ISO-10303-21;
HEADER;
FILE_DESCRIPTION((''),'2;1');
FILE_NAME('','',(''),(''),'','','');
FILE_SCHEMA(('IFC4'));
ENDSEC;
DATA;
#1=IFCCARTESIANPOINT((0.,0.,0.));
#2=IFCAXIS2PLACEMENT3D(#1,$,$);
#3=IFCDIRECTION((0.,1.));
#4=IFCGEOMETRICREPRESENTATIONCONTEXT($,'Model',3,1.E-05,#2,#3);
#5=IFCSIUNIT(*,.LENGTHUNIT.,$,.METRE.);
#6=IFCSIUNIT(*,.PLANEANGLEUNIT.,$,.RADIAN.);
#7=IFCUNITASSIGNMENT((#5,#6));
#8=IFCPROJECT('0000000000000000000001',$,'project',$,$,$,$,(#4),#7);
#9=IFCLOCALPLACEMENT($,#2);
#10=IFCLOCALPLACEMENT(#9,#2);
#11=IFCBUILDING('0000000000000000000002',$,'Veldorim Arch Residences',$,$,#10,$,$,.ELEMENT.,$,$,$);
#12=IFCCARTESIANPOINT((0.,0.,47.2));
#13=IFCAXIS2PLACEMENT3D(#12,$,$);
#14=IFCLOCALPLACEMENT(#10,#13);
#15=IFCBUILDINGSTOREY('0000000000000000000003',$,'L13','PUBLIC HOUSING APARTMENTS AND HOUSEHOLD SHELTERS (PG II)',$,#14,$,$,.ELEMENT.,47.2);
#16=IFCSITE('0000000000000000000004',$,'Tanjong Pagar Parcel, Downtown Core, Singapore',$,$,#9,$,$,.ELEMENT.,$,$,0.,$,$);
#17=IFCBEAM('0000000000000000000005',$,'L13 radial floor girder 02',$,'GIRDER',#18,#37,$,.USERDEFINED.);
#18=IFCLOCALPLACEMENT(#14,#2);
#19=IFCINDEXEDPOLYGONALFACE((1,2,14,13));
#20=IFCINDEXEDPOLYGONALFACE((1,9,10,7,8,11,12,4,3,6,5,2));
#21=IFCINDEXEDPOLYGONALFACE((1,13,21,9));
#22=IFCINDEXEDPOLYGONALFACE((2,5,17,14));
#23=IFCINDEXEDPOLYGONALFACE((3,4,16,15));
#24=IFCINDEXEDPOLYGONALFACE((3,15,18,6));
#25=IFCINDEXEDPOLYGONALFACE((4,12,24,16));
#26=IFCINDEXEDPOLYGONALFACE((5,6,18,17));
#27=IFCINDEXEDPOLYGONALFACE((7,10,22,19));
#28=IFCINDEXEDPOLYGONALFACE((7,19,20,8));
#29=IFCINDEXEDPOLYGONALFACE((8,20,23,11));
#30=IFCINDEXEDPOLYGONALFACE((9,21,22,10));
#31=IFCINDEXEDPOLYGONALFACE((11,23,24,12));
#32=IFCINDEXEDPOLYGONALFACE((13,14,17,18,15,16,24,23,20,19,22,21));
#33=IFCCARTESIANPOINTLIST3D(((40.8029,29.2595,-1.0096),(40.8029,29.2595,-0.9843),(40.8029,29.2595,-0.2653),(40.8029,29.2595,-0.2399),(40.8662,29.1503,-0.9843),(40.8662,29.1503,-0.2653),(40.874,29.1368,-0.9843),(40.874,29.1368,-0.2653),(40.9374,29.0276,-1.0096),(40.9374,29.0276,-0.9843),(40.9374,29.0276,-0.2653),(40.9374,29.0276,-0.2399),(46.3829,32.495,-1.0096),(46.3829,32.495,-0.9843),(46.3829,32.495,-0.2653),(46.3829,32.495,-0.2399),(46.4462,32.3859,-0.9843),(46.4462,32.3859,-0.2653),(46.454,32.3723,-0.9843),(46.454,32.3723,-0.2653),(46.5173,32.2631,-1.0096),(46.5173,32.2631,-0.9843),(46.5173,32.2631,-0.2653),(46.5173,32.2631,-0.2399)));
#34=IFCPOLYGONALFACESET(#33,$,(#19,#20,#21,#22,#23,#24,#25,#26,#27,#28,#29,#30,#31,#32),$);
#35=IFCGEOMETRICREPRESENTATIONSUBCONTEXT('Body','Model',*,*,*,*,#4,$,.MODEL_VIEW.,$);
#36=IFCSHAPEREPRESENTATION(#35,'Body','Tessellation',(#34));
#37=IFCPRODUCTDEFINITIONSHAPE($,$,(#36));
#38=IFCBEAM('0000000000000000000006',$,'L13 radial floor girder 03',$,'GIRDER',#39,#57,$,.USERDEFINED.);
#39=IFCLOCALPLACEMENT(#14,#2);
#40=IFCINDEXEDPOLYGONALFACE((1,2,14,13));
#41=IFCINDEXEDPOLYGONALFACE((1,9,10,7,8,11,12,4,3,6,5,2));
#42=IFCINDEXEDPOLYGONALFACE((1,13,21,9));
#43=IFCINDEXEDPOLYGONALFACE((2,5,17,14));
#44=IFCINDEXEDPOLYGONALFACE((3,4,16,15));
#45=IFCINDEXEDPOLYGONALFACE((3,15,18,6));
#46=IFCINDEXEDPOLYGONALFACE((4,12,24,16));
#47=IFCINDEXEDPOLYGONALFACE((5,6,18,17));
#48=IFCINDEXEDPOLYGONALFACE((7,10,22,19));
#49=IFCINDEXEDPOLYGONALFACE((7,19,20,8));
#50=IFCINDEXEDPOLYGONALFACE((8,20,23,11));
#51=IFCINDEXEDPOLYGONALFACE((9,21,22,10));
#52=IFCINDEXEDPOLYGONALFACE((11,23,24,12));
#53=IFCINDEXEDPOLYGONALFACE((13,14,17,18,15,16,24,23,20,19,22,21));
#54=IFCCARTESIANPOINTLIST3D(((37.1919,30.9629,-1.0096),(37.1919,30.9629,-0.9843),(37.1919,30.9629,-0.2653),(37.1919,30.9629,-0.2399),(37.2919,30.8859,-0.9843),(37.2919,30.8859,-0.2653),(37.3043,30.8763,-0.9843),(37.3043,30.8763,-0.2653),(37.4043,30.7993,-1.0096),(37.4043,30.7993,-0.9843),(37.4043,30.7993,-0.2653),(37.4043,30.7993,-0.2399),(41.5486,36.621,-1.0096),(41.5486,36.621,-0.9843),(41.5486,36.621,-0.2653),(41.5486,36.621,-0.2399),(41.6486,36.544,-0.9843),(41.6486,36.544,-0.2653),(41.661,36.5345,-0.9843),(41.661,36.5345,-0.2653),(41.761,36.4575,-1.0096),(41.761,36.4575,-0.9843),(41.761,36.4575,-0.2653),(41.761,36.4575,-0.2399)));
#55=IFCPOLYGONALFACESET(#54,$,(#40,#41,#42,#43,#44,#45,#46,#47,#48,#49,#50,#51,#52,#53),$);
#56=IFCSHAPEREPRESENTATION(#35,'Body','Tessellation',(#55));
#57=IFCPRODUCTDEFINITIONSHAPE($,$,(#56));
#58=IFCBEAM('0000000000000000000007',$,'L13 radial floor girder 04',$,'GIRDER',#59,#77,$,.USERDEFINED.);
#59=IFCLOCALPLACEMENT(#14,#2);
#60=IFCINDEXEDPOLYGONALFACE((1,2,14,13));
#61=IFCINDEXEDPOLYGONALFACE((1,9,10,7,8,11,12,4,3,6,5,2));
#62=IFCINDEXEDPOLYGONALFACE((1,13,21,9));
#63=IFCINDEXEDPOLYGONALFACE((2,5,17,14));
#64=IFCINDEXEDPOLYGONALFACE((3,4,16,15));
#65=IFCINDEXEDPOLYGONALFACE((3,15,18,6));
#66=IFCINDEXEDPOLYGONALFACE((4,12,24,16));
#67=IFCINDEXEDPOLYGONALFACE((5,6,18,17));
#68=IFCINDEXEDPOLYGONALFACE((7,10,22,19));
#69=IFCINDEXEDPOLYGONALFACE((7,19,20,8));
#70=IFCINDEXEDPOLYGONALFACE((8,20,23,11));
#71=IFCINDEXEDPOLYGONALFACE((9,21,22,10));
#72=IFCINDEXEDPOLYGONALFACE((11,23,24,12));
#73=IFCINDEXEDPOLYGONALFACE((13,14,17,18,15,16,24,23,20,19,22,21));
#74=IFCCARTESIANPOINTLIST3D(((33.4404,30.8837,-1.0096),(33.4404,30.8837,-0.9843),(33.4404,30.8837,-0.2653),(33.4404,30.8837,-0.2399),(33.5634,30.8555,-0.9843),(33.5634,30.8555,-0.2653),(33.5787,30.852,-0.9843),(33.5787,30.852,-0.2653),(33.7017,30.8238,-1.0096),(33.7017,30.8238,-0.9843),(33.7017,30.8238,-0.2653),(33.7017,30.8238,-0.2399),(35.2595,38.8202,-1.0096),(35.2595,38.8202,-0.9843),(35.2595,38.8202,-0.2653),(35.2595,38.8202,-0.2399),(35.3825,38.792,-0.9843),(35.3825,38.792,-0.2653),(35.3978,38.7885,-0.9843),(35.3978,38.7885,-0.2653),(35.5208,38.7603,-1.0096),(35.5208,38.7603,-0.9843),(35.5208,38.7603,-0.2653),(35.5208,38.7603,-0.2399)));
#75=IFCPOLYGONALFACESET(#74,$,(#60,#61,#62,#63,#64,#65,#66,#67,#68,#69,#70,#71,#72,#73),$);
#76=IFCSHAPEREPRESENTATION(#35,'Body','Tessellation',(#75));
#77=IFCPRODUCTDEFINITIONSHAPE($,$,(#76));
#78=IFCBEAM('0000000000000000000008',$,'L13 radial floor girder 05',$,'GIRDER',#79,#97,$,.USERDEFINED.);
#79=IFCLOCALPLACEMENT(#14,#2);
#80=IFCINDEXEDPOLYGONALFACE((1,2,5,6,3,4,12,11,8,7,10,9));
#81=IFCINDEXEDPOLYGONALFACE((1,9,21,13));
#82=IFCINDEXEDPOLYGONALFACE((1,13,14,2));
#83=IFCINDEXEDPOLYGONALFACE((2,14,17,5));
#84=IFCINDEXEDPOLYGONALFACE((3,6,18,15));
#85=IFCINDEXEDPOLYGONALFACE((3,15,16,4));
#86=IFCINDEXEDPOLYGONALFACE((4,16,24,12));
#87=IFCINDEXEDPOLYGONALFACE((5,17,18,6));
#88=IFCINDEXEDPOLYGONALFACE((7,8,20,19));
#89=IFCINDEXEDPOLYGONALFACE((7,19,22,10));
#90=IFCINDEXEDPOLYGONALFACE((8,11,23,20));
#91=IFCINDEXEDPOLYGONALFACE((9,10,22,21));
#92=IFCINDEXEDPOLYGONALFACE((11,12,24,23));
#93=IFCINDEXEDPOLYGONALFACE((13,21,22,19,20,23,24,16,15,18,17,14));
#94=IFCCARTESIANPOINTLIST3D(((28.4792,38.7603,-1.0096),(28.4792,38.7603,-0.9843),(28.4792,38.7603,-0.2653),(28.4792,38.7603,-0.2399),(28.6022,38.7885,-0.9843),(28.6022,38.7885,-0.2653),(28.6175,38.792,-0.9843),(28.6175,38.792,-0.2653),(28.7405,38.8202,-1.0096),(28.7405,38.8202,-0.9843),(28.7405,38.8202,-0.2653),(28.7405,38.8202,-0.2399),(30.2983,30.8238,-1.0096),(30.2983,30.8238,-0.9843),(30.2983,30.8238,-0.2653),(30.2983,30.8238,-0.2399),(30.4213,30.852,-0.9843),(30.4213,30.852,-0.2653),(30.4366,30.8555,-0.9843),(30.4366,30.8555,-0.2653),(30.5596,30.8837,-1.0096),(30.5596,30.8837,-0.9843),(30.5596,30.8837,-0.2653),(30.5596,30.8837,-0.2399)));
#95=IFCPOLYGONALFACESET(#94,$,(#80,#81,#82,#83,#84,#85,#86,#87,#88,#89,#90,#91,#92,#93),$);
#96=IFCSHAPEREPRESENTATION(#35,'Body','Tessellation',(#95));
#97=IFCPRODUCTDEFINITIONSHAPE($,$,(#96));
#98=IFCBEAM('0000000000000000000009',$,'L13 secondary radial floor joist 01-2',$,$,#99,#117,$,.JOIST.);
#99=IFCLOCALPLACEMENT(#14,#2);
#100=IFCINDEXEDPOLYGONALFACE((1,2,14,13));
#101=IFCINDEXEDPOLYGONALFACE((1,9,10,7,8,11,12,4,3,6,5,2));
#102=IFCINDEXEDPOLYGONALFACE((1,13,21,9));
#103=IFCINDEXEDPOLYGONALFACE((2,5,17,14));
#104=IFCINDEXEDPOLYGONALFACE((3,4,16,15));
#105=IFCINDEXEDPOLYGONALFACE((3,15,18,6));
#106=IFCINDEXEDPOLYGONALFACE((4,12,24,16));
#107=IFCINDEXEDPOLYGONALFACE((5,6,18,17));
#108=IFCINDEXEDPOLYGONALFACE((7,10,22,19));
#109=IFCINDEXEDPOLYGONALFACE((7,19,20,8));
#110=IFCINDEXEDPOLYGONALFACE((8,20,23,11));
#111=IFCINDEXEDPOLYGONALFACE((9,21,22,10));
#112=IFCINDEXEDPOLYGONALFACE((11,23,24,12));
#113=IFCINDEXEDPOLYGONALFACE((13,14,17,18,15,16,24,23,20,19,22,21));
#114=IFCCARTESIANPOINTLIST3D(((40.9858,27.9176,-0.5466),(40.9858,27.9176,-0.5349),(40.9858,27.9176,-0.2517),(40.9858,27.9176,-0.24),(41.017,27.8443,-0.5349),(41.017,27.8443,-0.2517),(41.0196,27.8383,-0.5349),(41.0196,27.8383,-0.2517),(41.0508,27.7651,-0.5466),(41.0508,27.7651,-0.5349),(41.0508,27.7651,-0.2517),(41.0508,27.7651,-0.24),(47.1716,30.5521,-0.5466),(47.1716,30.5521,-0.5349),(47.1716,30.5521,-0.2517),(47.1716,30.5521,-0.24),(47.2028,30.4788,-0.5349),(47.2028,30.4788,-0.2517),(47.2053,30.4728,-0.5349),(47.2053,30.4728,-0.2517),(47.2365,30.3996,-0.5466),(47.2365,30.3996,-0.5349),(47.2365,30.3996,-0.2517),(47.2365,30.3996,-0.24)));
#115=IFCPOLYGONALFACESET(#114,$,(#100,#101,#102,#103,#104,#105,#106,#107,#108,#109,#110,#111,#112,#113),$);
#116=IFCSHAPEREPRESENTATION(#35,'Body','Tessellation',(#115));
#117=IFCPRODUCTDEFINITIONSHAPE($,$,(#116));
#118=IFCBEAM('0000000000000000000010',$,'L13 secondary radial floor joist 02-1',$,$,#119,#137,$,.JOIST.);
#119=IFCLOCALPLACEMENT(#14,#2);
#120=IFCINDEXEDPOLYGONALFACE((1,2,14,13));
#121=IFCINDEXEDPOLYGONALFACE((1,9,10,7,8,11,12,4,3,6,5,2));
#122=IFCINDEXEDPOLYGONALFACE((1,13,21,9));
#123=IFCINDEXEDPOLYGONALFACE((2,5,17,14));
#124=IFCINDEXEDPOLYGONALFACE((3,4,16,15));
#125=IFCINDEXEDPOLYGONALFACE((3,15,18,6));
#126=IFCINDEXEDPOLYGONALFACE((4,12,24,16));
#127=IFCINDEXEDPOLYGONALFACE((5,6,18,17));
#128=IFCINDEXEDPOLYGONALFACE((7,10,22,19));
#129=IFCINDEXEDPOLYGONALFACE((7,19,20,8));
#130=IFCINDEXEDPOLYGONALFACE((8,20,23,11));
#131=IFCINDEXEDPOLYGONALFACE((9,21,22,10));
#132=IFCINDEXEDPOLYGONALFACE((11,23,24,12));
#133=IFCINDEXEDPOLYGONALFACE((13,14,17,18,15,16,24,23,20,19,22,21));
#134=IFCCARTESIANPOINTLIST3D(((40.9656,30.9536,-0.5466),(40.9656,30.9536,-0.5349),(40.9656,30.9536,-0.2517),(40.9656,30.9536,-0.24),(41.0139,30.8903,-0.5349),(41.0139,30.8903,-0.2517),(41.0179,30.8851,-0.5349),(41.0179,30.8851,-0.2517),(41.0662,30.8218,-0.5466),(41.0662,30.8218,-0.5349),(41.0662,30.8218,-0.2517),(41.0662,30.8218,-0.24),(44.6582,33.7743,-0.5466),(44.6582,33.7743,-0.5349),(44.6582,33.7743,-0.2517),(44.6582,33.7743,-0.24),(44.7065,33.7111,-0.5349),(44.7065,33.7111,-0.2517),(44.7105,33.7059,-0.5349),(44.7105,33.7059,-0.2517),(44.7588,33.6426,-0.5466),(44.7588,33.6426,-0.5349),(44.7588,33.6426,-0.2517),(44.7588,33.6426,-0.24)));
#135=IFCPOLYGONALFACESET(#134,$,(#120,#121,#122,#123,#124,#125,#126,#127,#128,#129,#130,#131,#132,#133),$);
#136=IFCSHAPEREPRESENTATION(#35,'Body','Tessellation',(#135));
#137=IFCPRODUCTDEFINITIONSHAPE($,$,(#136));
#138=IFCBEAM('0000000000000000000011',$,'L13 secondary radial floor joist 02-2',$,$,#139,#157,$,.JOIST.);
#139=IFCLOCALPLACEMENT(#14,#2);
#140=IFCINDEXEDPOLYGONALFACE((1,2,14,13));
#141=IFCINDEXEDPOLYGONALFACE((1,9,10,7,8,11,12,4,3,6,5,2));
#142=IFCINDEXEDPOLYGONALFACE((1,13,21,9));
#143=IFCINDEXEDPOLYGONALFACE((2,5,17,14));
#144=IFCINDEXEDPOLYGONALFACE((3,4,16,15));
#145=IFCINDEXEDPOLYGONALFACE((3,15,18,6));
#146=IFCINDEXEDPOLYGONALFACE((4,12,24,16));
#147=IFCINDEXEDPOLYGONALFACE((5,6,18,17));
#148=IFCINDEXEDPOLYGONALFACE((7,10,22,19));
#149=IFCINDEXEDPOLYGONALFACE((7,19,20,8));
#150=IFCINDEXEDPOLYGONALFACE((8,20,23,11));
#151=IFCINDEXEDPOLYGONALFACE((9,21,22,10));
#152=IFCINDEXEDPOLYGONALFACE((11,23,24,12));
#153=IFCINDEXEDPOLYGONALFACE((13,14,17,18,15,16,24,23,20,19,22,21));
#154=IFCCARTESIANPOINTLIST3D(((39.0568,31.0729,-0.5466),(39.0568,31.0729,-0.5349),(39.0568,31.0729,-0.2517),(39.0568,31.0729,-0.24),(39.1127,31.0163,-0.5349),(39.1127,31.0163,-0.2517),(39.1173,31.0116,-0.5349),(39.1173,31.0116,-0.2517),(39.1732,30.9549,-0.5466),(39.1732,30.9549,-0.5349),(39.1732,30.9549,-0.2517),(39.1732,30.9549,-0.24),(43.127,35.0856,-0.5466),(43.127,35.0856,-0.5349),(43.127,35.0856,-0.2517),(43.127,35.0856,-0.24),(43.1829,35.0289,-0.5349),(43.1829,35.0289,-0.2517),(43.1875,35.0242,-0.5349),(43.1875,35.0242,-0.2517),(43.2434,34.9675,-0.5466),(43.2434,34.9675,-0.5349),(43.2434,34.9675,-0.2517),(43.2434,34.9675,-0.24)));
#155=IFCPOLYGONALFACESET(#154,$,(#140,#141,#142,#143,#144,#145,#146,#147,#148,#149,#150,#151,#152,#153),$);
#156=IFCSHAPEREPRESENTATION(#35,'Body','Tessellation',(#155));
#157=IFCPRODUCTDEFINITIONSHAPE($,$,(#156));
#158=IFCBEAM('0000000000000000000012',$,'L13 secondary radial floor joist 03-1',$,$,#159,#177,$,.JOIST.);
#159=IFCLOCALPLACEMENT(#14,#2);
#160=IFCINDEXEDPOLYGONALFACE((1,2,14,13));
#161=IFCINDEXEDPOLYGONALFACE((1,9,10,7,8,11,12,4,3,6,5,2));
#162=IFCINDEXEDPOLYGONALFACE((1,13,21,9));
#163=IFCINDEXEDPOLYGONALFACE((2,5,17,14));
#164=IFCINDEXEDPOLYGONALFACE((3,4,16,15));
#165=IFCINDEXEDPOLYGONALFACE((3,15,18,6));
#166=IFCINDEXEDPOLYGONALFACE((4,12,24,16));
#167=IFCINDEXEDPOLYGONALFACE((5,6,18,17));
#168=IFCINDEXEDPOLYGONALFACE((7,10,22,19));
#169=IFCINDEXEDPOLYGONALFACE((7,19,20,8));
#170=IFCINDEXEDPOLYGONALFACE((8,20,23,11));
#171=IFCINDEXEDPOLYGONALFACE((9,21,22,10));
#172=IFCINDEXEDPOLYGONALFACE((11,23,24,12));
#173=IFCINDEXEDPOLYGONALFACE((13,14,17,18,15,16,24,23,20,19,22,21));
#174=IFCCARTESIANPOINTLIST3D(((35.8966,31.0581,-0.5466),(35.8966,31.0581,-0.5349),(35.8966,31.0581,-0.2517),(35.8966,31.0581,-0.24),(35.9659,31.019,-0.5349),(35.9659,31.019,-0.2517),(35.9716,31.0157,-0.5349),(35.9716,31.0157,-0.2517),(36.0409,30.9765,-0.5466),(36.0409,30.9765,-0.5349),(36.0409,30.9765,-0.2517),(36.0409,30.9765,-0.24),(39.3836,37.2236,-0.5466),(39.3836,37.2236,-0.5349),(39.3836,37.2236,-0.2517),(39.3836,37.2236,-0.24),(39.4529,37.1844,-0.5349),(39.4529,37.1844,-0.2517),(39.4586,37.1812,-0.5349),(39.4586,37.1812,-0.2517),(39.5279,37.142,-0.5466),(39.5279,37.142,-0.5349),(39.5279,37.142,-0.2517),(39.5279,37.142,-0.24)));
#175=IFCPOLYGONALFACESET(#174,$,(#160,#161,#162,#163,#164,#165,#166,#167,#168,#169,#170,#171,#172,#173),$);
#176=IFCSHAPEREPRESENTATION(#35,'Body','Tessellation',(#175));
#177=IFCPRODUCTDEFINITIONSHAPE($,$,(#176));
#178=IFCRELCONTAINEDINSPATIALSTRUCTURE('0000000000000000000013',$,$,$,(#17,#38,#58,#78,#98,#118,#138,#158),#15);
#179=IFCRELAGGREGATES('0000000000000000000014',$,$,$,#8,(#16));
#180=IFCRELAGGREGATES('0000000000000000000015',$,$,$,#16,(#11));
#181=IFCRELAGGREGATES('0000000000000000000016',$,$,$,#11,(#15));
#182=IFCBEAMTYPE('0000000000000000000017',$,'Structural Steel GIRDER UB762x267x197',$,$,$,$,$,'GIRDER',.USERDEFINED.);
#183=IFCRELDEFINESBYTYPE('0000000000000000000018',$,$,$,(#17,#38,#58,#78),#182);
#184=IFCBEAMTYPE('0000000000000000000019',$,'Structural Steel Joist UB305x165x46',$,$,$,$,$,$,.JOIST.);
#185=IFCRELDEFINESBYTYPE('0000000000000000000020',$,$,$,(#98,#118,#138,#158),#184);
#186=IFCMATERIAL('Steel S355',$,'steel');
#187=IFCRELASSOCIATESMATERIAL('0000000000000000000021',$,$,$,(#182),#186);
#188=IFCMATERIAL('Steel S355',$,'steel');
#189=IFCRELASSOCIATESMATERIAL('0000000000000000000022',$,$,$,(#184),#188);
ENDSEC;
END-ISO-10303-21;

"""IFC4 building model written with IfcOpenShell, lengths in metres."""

from ifc_helpers import new_model, si_unit, direction, frame, origin, origin_2d, place, context, subcontext, project, spatial, i_section, extrude, material, material_profile, profile_set, type_object, element, save


model = new_model("IFC4")

# Units and contexts
model_context = context("Model", 3, precision=1e-05, world=origin(), true_north=direction((0.0, 1.0)))
body_context = subcontext(model_context, "Body", "Model", "MODEL_VIEW")
ifc_project = project(units=[si_unit("LENGTHUNIT", "METRE"), si_unit("PLANEANGLEUNIT", "RADIAN")], contexts=[model_context])

# Site, building, storey
site_placement = place(None, origin())
site = spatial("IfcSite", under=ifc_project, at=site_placement, Name="Tanjong Pagar Parcel, Downtown Core, Singapore", CompositionType="ELEMENT", RefElevation=0.0)
building_placement = place(site_placement, origin())
building = spatial("IfcBuilding", under=site, at=building_placement, Name="Veldorim Arch Residences", CompositionType="ELEMENT")
storey_placement = place(building_placement, frame((0.0, 0.0, 47.2)))
storey = spatial("IfcBuildingStorey", under=building, at=storey_placement, Name="L13", Description="PUBLIC HOUSING APARTMENTS AND HOUSEHOLD SHELTERS (PG II)", CompositionType="ELEMENT", Elevation=47.2)

# Beams
ifc_material_1 = material(Name="Steel S355", Category="steel")
ifc_material_profile_1 = material_profile(ifc_material_1, i_section(OverallWidth=0.2681, OverallDepth=0.7698, WebThickness=0.0156, FlangeThickness=0.0254, at=origin_2d()), Name="UB762x267x197")
ifc_profile_set_1 = profile_set([ifc_material_profile_1], Name="Steel S355")
beam_type_1 = type_object("IfcBeamType", Name="Structural Steel GIRDER UB762x267x197", ElementType="GIRDER", PredefinedType="USERDEFINED", material=ifc_profile_set_1)
beam_1_placement = place(storey_placement, frame((40.8701, 29.1436, -0.6248), z_axis=(0.865088, 0.50162, 0.0), x_axis=(-0.50162, 0.865088, 0.0)))
element("IfcBeam", 1, at=beam_1_placement, inside=storey, type_object=beam_type_1, Name="L13 radial floor girder 02", ObjectType="GIRDER", PredefinedType="USERDEFINED", context=body_context, shape_type="SweptSolid", body=[
    extrude(i_section(OverallWidth=0.2681, OverallDepth=0.7698, WebThickness=0.0156, FlangeThickness=0.0254, at=origin_2d()), origin(), (0.0, 0.0, 1.0), 6.4502),
])
beam_2_placement = place(storey_placement, frame((37.2981, 30.8811, -0.6248), z_axis=(0.610082, 0.792338, 0.0), x_axis=(-0.792338, 0.610082, 0.0)))
element("IfcBeam", 2, at=beam_2_placement, inside=storey, type_object=beam_type_1, Name="L13 radial floor girder 03", ObjectType="GIRDER", PredefinedType="USERDEFINED", context=body_context, shape_type="SweptSolid", body=[
    extrude(i_section(OverallWidth=0.2681, OverallDepth=0.7698, WebThickness=0.0156, FlangeThickness=0.0254, at=origin_2d()), origin(), (0.0, 0.0, 1.0), 7.1411),
])
for number, where, z_axis, x_axis, name in (
    (3, (33.571, 30.8538, -0.6248), (0.223412, 0.974724, 0.0), (-0.974724, 0.223412, 0.0), "L13 radial floor girder 04"),
    (4, (30.429, 30.8538, -0.6248), (-0.223412, 0.974724, 0.0), (-0.974724, -0.223412, 0.0), "L13 radial floor girder 05"),
):
    element("IfcBeam", number, at=place(storey_placement, frame(where, z_axis=z_axis, x_axis=x_axis)), inside=storey, type_object=beam_type_1, Name=name, ObjectType="GIRDER", PredefinedType="USERDEFINED", context=body_context, shape_type="SweptSolid", body=[
        extrude(i_section(OverallWidth=0.2681, OverallDepth=0.7698, WebThickness=0.0156, FlangeThickness=0.0254, at=origin_2d()), origin(), (0.0, 0.0, 1.0), 8.1423),
    ])
ifc_material_2 = material(Name="Steel S355", Category="steel")
ifc_material_profile_2 = material_profile(ifc_material_2, i_section(OverallWidth=0.1658, OverallDepth=0.3066, WebThickness=0.0066, FlangeThickness=0.0117, at=origin_2d()), Name="UB305x165x46")
ifc_profile_set_2 = profile_set([ifc_material_profile_2], Name="Steel S355")
beam_type_2 = type_object("IfcBeamType", Name="Structural Steel Joist UB305x165x46", PredefinedType="JOIST", material=ifc_profile_set_2)
beam_3_placement = place(storey_placement, frame((41.0183, 27.8413, -0.3933), z_axis=(0.920033, 0.391841, 0.0), x_axis=(-0.391841, 0.920033, 0.0)))
element("IfcBeam", 5, at=beam_3_placement, inside=storey, type_object=beam_type_2, Name="L13 secondary radial floor joist 01-2", PredefinedType="JOIST", context=body_context, shape_type="SweptSolid", body=[
    extrude(i_section(OverallWidth=0.1658, OverallDepth=0.3066, WebThickness=0.0066, FlangeThickness=0.0117, at=origin_2d()), origin(), (0.0, 0.0, 1.0), 6.7234),
])
beam_4_placement = place(storey_placement, frame((41.0159, 30.8877, -0.3933), z_axis=(0.794666, 0.607046, 0.0), x_axis=(-0.607046, 0.794666, 0.0)))
element("IfcBeam", 6, at=beam_4_placement, inside=storey, type_object=beam_type_2, Name="L13 secondary radial floor joist 02-1", PredefinedType="JOIST", context=body_context, shape_type="SweptSolid", body=[
    extrude(i_section(OverallWidth=0.1658, OverallDepth=0.3066, WebThickness=0.0066, FlangeThickness=0.0117, at=origin_2d()), origin(), (0.0, 0.0, 1.0), 4.6467),
])
beam_5_placement = place(storey_placement, frame((39.115, 31.0139, -0.3933), z_axis=(0.712129, 0.702049, 0.0), x_axis=(-0.702049, 0.712129, 0.0)))
element("IfcBeam", 7, at=beam_5_placement, inside=storey, type_object=beam_type_2, Name="L13 secondary radial floor joist 02-2", PredefinedType="JOIST", context=body_context, shape_type="SweptSolid", body=[
    extrude(i_section(OverallWidth=0.1658, OverallDepth=0.3066, WebThickness=0.0066, FlangeThickness=0.0117, at=origin_2d()), origin(), (0.0, 0.0, 1.0), 5.7156),
])
beam_6_placement = place(storey_placement, frame((35.9688, 31.0173, -0.3933), z_axis=(0.492292, 0.87043, 0.0), x_axis=(-0.87043, 0.492292, 0.0)))
element("IfcBeam", 8, at=beam_6_placement, inside=storey, type_object=beam_type_2, Name="L13 secondary radial floor joist 03-1", PredefinedType="JOIST", context=body_context, shape_type="SweptSolid", body=[
    extrude(i_section(OverallWidth=0.1658, OverallDepth=0.3066, WebThickness=0.0066, FlangeThickness=0.0117, at=origin_2d()), origin(), (0.0, 0.0, 1.0), 7.0833),
])

save(model, "model.ifc")
